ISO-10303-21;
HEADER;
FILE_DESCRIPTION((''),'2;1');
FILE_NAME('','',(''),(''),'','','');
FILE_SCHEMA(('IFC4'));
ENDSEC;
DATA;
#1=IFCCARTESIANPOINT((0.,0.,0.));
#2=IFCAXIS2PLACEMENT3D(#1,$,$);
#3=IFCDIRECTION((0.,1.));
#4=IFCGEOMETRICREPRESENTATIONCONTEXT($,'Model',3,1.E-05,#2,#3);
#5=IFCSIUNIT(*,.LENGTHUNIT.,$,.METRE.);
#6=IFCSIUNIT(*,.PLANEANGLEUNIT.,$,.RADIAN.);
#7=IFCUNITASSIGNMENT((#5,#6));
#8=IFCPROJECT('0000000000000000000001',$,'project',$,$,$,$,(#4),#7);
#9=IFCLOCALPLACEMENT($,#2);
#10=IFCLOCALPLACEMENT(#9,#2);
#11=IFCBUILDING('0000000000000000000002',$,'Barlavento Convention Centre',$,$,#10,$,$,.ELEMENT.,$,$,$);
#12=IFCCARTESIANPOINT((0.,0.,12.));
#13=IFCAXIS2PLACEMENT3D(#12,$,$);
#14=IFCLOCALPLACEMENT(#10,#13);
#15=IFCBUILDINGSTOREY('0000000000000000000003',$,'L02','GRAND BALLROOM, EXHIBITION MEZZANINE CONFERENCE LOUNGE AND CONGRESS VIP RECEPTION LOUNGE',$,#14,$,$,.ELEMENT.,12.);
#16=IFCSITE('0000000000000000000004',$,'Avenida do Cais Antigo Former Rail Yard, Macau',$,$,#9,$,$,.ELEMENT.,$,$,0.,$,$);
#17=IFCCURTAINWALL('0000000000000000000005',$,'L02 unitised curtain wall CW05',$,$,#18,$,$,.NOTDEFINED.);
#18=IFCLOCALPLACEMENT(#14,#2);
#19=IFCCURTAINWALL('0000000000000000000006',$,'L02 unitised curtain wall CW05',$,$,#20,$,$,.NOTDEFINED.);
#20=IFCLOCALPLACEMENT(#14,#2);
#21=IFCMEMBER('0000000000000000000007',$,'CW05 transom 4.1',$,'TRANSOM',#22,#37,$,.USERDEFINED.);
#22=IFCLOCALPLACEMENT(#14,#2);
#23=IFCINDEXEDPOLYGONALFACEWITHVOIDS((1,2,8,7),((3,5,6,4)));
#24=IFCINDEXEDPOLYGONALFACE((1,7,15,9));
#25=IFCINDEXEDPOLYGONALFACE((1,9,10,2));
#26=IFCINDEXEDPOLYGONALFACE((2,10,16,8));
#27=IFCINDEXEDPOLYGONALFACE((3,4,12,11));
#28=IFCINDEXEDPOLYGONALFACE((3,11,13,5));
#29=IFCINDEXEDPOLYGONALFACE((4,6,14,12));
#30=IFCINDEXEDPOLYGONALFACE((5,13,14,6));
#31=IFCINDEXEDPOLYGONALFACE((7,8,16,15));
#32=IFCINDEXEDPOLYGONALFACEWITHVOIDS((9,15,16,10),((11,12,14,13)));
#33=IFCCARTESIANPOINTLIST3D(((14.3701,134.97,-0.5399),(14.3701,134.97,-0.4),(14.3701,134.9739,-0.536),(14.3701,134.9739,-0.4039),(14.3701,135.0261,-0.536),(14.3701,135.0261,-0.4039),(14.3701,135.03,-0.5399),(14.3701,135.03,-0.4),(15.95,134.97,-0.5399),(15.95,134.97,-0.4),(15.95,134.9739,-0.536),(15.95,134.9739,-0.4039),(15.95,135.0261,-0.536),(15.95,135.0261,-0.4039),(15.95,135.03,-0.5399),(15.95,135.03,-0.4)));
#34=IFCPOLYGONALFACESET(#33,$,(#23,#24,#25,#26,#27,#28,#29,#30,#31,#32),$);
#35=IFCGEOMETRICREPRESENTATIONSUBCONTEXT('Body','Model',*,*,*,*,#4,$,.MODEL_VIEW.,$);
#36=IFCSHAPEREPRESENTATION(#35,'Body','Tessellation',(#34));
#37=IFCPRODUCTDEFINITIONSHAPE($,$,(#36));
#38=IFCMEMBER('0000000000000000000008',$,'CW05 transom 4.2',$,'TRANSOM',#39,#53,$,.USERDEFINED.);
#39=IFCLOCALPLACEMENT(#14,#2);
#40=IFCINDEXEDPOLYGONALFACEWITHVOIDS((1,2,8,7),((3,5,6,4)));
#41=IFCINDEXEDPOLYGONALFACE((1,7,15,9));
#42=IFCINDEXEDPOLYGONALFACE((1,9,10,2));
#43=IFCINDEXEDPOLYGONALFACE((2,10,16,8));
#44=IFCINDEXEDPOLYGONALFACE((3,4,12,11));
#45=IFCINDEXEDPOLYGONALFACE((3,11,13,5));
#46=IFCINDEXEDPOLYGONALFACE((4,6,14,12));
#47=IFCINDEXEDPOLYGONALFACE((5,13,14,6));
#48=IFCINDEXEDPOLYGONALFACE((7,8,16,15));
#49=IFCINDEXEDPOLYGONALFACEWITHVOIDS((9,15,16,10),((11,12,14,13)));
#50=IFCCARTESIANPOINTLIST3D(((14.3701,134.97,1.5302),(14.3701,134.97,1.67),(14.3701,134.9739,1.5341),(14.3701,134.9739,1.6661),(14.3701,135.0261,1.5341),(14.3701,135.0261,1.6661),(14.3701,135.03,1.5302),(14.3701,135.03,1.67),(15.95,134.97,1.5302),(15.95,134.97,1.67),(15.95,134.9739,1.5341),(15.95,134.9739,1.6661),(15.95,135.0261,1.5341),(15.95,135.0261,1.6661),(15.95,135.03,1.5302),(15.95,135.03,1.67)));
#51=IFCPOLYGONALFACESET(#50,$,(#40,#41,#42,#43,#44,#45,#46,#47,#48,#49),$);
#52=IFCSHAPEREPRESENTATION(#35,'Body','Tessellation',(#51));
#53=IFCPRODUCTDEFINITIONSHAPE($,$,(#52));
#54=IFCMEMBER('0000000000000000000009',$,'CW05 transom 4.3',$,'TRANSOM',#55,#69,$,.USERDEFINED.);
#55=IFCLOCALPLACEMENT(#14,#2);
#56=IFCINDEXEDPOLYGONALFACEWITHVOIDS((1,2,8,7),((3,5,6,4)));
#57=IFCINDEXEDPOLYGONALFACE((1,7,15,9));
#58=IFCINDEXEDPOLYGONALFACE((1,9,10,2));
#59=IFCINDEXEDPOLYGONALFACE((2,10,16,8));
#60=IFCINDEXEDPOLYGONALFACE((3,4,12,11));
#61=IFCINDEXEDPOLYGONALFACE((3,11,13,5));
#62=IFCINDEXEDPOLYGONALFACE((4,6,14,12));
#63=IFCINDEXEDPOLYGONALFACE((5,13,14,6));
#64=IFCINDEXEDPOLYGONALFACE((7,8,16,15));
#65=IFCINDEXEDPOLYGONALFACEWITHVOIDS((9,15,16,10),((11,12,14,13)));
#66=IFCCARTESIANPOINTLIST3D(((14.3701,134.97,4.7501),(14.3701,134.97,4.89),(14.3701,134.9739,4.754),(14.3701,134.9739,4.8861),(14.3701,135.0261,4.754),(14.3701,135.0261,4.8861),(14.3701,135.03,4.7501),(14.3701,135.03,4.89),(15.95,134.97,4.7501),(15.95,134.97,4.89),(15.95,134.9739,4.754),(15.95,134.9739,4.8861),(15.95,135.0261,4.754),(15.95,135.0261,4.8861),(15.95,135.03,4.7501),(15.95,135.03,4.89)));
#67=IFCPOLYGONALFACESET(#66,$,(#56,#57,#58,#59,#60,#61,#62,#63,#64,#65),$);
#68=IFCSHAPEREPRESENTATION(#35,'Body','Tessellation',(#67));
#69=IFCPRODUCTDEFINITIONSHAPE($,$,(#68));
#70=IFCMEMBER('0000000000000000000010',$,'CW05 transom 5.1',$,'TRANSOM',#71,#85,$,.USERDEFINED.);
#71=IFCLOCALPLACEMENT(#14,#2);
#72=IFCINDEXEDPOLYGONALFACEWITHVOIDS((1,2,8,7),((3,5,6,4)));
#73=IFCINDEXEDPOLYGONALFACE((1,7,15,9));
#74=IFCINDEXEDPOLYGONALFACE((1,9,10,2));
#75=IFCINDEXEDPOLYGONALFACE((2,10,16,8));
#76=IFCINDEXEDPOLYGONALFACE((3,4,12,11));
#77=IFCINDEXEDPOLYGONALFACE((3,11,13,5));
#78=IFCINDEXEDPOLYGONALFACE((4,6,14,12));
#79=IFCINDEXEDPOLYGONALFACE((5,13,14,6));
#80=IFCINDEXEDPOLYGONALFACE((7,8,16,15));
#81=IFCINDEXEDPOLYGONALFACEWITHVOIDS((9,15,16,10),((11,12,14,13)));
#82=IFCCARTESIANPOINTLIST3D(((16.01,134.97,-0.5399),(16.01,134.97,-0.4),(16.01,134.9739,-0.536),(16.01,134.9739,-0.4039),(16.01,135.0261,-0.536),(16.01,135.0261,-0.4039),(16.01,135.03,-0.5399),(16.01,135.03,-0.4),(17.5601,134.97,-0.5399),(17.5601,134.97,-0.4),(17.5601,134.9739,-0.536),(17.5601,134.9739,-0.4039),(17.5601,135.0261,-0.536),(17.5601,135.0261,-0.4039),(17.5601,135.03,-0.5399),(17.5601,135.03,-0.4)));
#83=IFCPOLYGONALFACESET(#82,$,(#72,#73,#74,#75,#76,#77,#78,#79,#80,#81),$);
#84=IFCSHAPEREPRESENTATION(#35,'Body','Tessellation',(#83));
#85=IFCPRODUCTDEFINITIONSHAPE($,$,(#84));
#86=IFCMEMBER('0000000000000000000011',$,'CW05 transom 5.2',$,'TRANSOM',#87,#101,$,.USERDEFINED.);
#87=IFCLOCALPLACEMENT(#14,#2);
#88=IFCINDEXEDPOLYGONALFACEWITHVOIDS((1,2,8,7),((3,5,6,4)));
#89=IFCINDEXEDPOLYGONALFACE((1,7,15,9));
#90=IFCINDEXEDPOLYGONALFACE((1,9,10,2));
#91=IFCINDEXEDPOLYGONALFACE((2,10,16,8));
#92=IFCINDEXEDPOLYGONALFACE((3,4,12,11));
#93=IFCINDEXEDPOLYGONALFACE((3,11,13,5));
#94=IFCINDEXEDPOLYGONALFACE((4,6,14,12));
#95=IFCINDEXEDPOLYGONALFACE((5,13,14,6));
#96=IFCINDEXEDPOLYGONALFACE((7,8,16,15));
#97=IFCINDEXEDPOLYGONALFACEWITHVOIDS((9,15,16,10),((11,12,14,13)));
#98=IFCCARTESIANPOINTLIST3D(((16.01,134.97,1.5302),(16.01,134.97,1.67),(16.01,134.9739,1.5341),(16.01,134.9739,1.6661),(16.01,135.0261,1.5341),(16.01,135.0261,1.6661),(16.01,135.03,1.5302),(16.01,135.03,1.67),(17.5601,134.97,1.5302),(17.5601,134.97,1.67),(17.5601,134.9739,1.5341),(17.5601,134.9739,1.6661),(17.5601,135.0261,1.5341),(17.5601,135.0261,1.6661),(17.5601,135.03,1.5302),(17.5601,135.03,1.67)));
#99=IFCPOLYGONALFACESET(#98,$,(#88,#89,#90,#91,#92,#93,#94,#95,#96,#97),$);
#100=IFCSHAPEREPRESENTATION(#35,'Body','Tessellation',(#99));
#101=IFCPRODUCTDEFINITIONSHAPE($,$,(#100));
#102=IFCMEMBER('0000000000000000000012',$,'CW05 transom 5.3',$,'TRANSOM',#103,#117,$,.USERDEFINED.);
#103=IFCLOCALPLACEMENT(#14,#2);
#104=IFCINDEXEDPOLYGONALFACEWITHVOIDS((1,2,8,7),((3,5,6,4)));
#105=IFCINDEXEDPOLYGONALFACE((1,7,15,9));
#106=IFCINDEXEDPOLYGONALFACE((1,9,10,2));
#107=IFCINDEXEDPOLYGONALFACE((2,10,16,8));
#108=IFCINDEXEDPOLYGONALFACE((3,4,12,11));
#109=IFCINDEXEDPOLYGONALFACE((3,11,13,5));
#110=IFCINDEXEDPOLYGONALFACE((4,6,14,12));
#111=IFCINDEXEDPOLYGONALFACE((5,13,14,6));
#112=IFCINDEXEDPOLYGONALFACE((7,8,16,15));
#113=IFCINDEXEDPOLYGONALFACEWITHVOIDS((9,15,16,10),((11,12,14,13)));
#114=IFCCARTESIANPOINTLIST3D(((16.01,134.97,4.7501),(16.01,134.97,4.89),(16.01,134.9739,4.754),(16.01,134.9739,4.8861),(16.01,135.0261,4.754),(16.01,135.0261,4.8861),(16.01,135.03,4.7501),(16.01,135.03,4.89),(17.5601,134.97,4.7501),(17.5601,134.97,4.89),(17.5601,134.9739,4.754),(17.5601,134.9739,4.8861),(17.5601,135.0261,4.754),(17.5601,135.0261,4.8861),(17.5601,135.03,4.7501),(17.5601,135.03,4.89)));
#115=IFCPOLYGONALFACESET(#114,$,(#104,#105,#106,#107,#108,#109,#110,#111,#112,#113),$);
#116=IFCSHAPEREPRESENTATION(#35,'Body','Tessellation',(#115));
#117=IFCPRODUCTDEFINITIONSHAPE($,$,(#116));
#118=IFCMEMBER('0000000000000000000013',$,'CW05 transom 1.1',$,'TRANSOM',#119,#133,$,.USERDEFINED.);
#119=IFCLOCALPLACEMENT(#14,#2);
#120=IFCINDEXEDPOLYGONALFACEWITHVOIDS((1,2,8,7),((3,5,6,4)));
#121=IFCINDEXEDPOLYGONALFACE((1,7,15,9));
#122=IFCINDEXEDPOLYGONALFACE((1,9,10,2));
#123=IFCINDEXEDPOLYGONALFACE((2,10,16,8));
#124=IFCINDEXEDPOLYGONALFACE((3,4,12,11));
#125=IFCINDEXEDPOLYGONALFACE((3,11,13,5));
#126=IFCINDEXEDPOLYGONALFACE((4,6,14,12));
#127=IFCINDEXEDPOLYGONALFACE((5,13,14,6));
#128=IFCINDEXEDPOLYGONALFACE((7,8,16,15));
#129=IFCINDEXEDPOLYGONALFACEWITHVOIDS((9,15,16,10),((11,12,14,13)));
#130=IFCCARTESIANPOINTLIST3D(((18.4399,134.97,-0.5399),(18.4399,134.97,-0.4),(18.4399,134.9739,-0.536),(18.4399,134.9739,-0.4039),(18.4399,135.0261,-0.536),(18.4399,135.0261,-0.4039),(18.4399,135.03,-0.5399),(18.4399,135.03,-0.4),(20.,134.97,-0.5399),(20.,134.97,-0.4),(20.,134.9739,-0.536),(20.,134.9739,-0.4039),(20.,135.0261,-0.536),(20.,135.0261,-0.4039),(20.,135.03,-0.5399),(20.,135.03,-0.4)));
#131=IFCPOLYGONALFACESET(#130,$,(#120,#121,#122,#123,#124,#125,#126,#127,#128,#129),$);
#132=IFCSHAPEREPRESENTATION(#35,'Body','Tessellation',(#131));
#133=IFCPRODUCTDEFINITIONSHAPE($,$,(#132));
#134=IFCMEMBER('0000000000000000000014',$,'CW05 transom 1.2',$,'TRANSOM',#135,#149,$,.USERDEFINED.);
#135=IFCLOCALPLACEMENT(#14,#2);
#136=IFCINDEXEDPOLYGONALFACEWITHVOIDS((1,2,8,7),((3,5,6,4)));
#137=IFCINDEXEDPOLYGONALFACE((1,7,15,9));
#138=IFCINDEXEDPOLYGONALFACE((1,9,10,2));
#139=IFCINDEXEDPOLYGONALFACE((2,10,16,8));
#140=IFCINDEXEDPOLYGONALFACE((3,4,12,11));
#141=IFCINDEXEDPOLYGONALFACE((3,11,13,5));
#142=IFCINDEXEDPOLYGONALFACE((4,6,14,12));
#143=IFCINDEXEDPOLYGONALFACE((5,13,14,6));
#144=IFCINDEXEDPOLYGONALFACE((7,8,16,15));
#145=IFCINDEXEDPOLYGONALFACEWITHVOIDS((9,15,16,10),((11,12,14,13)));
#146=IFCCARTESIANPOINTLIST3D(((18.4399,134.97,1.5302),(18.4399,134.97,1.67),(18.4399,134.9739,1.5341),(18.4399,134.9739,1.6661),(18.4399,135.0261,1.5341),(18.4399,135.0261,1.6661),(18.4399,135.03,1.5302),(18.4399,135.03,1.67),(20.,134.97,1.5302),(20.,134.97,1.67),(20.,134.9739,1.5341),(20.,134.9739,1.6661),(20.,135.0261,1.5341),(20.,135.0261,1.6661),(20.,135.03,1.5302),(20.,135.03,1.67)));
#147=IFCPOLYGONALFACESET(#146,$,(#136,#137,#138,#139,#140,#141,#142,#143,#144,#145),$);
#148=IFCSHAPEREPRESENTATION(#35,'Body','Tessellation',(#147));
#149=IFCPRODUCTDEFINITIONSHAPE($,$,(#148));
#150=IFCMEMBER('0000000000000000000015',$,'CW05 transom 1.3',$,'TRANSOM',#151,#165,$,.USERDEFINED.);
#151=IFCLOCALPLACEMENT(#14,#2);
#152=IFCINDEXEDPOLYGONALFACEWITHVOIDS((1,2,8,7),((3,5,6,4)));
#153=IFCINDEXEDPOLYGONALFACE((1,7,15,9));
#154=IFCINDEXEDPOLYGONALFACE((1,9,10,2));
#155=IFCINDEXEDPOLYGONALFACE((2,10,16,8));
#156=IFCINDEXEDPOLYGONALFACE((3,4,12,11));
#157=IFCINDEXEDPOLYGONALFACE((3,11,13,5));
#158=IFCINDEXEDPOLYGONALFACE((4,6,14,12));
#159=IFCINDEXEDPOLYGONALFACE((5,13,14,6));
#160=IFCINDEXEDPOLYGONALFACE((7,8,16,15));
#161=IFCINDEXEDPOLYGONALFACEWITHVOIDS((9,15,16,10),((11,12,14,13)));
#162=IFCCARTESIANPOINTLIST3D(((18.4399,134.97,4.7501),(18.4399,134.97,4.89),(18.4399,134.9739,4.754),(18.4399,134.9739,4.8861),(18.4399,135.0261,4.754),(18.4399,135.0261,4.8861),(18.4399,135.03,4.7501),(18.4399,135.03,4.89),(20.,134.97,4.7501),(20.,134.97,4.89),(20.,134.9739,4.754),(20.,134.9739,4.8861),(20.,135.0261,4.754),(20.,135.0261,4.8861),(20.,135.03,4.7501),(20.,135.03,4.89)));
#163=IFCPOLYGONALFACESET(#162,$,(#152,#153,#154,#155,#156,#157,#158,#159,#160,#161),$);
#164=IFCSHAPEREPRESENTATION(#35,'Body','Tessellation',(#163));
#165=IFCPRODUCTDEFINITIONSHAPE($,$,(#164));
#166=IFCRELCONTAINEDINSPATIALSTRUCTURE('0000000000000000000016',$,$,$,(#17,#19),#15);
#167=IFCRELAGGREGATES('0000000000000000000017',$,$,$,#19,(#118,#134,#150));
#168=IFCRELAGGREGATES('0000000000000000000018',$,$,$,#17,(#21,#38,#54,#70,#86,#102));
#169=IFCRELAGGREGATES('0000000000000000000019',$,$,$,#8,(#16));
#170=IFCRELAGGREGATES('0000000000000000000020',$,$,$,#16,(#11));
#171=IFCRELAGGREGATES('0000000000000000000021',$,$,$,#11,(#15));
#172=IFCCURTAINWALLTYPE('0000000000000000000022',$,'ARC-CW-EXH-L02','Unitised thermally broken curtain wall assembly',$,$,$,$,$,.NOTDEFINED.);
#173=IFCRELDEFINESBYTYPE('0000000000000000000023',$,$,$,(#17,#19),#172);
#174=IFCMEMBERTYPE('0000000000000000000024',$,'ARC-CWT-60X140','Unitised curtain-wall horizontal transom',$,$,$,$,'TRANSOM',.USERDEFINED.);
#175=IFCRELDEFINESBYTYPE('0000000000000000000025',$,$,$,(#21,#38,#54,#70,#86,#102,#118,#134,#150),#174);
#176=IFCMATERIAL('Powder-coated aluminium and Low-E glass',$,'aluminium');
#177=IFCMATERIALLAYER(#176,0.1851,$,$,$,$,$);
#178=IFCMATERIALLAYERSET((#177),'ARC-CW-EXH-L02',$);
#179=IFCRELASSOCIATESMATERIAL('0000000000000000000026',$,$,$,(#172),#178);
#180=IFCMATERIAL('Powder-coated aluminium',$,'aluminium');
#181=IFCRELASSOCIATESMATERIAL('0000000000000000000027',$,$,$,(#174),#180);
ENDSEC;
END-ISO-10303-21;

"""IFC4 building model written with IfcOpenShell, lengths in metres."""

from ifc_helpers import new_model, si_unit, direction, frame, origin, origin_2d, place, context, subcontext, project, spatial, hollow_rectangle, extrude, material, layer, layer_set, material_profile, profile_set, type_object, element, aggregate, save


model = new_model("IFC4")

# Units and contexts
model_context = context("Model", 3, precision=1e-05, world=origin(), true_north=direction((0.0, 1.0)))
body_context = subcontext(model_context, "Body", "Model", "MODEL_VIEW")
ifc_project = project(units=[si_unit("LENGTHUNIT", "METRE"), si_unit("PLANEANGLEUNIT", "RADIAN")], contexts=[model_context])

# Site, building, storey
site_placement = place(None, origin())
site = spatial("IfcSite", under=ifc_project, at=site_placement, Name="Avenida do Cais Antigo Former Rail Yard, Macau", CompositionType="ELEMENT", RefElevation=0.0)
building_placement = place(site_placement, origin())
building = spatial("IfcBuilding", under=site, at=building_placement, Name="Barlavento Convention Centre", CompositionType="ELEMENT")
storey_placement = place(building_placement, frame((0.0, 0.0, 12.0)))
storey = spatial("IfcBuildingStorey", under=building, at=storey_placement, Name="L02", Description="GRAND BALLROOM, EXHIBITION MEZZANINE CONFERENCE LOUNGE AND CONGRESS VIP RECEPTION LOUNGE", CompositionType="ELEMENT", Elevation=12.0)

# Curtain wall
ifc_material_1 = material(Name="Powder-coated aluminium and Low-E glass", Category="aluminium")
ifc_layer_1 = layer(ifc_material_1, 0.1851)
ifc_layer_set_1 = layer_set([ifc_layer_1], Name="ARC-CW-EXH-L02")
curtain_wall_type = type_object("IfcCurtainWallType", Name="ARC-CW-EXH-L02", Description="Unitised thermally broken curtain wall assembly", PredefinedType="NOTDEFINED", material=ifc_layer_set_1)
curtain_wall_1_placement = place(storey_placement, origin())
curtain_wall_1 = element("IfcCurtainWall", 1, at=curtain_wall_1_placement, inside=storey, type_object=curtain_wall_type, Name="L02 unitised curtain wall CW05", PredefinedType="NOTDEFINED")
ifc_material_2 = material(Name="Powder-coated aluminium", Category="aluminium")

# Curtain wall
curtain_wall_2_placement = place(storey_placement, origin())
curtain_wall_2 = element("IfcCurtainWall", 2, at=curtain_wall_2_placement, inside=storey, type_object=curtain_wall_type, Name="L02 unitised curtain wall CW05", PredefinedType="NOTDEFINED")

# Members
ifc_material_profile_1 = material_profile(ifc_material_2, hollow_rectangle(XDim=0.0601, YDim=0.1399, WallThickness=0.0039, at=origin_2d()), Name="AL-TRAN 60x140x4")
ifc_profile_set_1 = profile_set([ifc_material_profile_1], Name="Powder-coated aluminium")
member_type_1 = type_object("IfcMemberType", Name="ARC-CWT-60X140", Description="Unitised curtain-wall horizontal transom", ElementType="TRANSOM", PredefinedType="USERDEFINED", material=ifc_profile_set_1)
member_1_placement = place(storey_placement, frame((14.3701, 135.0, -0.47), z_axis=(1.0, 0.0, 0.0), x_axis=(0.0, 1.0, 0.0)))
member_1 = element("IfcMember", 3, at=member_1_placement, type_object=member_type_1, Name="CW05 transom 4.1", ObjectType="TRANSOM", PredefinedType="USERDEFINED", context=body_context, shape_type="SweptSolid", body=[
    extrude(hollow_rectangle(XDim=0.0601, YDim=0.1399, WallThickness=0.0039, at=origin_2d()), origin(), (0.0, 0.0, 1.0), 1.5798),
])
member_2_placement = place(storey_placement, frame((14.3701, 135.0, 1.6001), z_axis=(1.0, 0.0, 0.0), x_axis=(0.0, 1.0, 0.0)))
member_2 = element("IfcMember", 4, at=member_2_placement, type_object=member_type_1, Name="CW05 transom 4.2", ObjectType="TRANSOM", PredefinedType="USERDEFINED", context=body_context, shape_type="SweptSolid", body=[
    extrude(hollow_rectangle(XDim=0.0601, YDim=0.1399, WallThickness=0.0039, at=origin_2d()), origin(), (0.0, 0.0, 1.0), 1.5798),
])
member_3_placement = place(storey_placement, frame((14.3701, 135.0, 4.8201), z_axis=(1.0, 0.0, 0.0), x_axis=(0.0, 1.0, 0.0)))
member_3 = element("IfcMember", 5, at=member_3_placement, type_object=member_type_1, Name="CW05 transom 4.3", ObjectType="TRANSOM", PredefinedType="USERDEFINED", context=body_context, shape_type="SweptSolid", body=[
    extrude(hollow_rectangle(XDim=0.0601, YDim=0.1399, WallThickness=0.0039, at=origin_2d()), origin(), (0.0, 0.0, 1.0), 1.5798),
])
member_4_placement = place(storey_placement, frame((16.01, 135.0, -0.47), z_axis=(1.0, 0.0, 0.0), x_axis=(0.0, 1.0, 0.0)))
member_4 = element("IfcMember", 6, at=member_4_placement, type_object=member_type_1, Name="CW05 transom 5.1", ObjectType="TRANSOM", PredefinedType="USERDEFINED", context=body_context, shape_type="SweptSolid", body=[
    extrude(hollow_rectangle(XDim=0.0601, YDim=0.1399, WallThickness=0.0039, at=origin_2d()), origin(), (0.0, 0.0, 1.0), 1.55),
])
member_5_placement = place(storey_placement, frame((16.01, 135.0, 1.6001), z_axis=(1.0, 0.0, 0.0), x_axis=(0.0, 1.0, 0.0)))
member_5 = element("IfcMember", 7, at=member_5_placement, type_object=member_type_1, Name="CW05 transom 5.2", ObjectType="TRANSOM", PredefinedType="USERDEFINED", context=body_context, shape_type="SweptSolid", body=[
    extrude(hollow_rectangle(XDim=0.0601, YDim=0.1399, WallThickness=0.0039, at=origin_2d()), origin(), (0.0, 0.0, 1.0), 1.55),
])
member_6_placement = place(storey_placement, frame((16.01, 135.0, 4.8201), z_axis=(1.0, 0.0, 0.0), x_axis=(0.0, 1.0, 0.0)))
member_6 = element("IfcMember", 8, at=member_6_placement, type_object=member_type_1, Name="CW05 transom 5.3", ObjectType="TRANSOM", PredefinedType="USERDEFINED", context=body_context, shape_type="SweptSolid", body=[
    extrude(hollow_rectangle(XDim=0.0601, YDim=0.1399, WallThickness=0.0039, at=origin_2d()), origin(), (0.0, 0.0, 1.0), 1.55),
])
member_7_placement = place(storey_placement, frame((18.4399, 135.0, -0.47), z_axis=(1.0, 0.0, 0.0), x_axis=(0.0, 1.0, 0.0)))
member_7 = element("IfcMember", 9, at=member_7_placement, type_object=member_type_1, Name="CW05 transom 1.1", ObjectType="TRANSOM", PredefinedType="USERDEFINED", context=body_context, shape_type="SweptSolid", body=[
    extrude(hollow_rectangle(XDim=0.0601, YDim=0.1399, WallThickness=0.0039, at=origin_2d()), origin(), (0.0, 0.0, 1.0), 1.5601),
])
member_8_placement = place(storey_placement, frame((18.4399, 135.0, 1.6001), z_axis=(1.0, 0.0, 0.0), x_axis=(0.0, 1.0, 0.0)))
member_8 = element("IfcMember", 10, at=member_8_placement, type_object=member_type_1, Name="CW05 transom 1.2", ObjectType="TRANSOM", PredefinedType="USERDEFINED", context=body_context, shape_type="SweptSolid", body=[
    extrude(hollow_rectangle(XDim=0.0601, YDim=0.1399, WallThickness=0.0039, at=origin_2d()), origin(), (0.0, 0.0, 1.0), 1.5601),
])
member_9_placement = place(storey_placement, frame((18.4399, 135.0, 4.8201), z_axis=(1.0, 0.0, 0.0), x_axis=(0.0, 1.0, 0.0)))
member_9 = element("IfcMember", 11, at=member_9_placement, type_object=member_type_1, Name="CW05 transom 1.3", ObjectType="TRANSOM", PredefinedType="USERDEFINED", context=body_context, shape_type="SweptSolid", body=[
    extrude(hollow_rectangle(XDim=0.0601, YDim=0.1399, WallThickness=0.0039, at=origin_2d()), origin(), (0.0, 0.0, 1.0), 1.5601),
])
aggregate(curtain_wall_2, [member_7, member_8, member_9])

aggregate(curtain_wall_1, [member_1, member_2, member_3, member_4, member_5, member_6])

save(model, "model.ifc")
